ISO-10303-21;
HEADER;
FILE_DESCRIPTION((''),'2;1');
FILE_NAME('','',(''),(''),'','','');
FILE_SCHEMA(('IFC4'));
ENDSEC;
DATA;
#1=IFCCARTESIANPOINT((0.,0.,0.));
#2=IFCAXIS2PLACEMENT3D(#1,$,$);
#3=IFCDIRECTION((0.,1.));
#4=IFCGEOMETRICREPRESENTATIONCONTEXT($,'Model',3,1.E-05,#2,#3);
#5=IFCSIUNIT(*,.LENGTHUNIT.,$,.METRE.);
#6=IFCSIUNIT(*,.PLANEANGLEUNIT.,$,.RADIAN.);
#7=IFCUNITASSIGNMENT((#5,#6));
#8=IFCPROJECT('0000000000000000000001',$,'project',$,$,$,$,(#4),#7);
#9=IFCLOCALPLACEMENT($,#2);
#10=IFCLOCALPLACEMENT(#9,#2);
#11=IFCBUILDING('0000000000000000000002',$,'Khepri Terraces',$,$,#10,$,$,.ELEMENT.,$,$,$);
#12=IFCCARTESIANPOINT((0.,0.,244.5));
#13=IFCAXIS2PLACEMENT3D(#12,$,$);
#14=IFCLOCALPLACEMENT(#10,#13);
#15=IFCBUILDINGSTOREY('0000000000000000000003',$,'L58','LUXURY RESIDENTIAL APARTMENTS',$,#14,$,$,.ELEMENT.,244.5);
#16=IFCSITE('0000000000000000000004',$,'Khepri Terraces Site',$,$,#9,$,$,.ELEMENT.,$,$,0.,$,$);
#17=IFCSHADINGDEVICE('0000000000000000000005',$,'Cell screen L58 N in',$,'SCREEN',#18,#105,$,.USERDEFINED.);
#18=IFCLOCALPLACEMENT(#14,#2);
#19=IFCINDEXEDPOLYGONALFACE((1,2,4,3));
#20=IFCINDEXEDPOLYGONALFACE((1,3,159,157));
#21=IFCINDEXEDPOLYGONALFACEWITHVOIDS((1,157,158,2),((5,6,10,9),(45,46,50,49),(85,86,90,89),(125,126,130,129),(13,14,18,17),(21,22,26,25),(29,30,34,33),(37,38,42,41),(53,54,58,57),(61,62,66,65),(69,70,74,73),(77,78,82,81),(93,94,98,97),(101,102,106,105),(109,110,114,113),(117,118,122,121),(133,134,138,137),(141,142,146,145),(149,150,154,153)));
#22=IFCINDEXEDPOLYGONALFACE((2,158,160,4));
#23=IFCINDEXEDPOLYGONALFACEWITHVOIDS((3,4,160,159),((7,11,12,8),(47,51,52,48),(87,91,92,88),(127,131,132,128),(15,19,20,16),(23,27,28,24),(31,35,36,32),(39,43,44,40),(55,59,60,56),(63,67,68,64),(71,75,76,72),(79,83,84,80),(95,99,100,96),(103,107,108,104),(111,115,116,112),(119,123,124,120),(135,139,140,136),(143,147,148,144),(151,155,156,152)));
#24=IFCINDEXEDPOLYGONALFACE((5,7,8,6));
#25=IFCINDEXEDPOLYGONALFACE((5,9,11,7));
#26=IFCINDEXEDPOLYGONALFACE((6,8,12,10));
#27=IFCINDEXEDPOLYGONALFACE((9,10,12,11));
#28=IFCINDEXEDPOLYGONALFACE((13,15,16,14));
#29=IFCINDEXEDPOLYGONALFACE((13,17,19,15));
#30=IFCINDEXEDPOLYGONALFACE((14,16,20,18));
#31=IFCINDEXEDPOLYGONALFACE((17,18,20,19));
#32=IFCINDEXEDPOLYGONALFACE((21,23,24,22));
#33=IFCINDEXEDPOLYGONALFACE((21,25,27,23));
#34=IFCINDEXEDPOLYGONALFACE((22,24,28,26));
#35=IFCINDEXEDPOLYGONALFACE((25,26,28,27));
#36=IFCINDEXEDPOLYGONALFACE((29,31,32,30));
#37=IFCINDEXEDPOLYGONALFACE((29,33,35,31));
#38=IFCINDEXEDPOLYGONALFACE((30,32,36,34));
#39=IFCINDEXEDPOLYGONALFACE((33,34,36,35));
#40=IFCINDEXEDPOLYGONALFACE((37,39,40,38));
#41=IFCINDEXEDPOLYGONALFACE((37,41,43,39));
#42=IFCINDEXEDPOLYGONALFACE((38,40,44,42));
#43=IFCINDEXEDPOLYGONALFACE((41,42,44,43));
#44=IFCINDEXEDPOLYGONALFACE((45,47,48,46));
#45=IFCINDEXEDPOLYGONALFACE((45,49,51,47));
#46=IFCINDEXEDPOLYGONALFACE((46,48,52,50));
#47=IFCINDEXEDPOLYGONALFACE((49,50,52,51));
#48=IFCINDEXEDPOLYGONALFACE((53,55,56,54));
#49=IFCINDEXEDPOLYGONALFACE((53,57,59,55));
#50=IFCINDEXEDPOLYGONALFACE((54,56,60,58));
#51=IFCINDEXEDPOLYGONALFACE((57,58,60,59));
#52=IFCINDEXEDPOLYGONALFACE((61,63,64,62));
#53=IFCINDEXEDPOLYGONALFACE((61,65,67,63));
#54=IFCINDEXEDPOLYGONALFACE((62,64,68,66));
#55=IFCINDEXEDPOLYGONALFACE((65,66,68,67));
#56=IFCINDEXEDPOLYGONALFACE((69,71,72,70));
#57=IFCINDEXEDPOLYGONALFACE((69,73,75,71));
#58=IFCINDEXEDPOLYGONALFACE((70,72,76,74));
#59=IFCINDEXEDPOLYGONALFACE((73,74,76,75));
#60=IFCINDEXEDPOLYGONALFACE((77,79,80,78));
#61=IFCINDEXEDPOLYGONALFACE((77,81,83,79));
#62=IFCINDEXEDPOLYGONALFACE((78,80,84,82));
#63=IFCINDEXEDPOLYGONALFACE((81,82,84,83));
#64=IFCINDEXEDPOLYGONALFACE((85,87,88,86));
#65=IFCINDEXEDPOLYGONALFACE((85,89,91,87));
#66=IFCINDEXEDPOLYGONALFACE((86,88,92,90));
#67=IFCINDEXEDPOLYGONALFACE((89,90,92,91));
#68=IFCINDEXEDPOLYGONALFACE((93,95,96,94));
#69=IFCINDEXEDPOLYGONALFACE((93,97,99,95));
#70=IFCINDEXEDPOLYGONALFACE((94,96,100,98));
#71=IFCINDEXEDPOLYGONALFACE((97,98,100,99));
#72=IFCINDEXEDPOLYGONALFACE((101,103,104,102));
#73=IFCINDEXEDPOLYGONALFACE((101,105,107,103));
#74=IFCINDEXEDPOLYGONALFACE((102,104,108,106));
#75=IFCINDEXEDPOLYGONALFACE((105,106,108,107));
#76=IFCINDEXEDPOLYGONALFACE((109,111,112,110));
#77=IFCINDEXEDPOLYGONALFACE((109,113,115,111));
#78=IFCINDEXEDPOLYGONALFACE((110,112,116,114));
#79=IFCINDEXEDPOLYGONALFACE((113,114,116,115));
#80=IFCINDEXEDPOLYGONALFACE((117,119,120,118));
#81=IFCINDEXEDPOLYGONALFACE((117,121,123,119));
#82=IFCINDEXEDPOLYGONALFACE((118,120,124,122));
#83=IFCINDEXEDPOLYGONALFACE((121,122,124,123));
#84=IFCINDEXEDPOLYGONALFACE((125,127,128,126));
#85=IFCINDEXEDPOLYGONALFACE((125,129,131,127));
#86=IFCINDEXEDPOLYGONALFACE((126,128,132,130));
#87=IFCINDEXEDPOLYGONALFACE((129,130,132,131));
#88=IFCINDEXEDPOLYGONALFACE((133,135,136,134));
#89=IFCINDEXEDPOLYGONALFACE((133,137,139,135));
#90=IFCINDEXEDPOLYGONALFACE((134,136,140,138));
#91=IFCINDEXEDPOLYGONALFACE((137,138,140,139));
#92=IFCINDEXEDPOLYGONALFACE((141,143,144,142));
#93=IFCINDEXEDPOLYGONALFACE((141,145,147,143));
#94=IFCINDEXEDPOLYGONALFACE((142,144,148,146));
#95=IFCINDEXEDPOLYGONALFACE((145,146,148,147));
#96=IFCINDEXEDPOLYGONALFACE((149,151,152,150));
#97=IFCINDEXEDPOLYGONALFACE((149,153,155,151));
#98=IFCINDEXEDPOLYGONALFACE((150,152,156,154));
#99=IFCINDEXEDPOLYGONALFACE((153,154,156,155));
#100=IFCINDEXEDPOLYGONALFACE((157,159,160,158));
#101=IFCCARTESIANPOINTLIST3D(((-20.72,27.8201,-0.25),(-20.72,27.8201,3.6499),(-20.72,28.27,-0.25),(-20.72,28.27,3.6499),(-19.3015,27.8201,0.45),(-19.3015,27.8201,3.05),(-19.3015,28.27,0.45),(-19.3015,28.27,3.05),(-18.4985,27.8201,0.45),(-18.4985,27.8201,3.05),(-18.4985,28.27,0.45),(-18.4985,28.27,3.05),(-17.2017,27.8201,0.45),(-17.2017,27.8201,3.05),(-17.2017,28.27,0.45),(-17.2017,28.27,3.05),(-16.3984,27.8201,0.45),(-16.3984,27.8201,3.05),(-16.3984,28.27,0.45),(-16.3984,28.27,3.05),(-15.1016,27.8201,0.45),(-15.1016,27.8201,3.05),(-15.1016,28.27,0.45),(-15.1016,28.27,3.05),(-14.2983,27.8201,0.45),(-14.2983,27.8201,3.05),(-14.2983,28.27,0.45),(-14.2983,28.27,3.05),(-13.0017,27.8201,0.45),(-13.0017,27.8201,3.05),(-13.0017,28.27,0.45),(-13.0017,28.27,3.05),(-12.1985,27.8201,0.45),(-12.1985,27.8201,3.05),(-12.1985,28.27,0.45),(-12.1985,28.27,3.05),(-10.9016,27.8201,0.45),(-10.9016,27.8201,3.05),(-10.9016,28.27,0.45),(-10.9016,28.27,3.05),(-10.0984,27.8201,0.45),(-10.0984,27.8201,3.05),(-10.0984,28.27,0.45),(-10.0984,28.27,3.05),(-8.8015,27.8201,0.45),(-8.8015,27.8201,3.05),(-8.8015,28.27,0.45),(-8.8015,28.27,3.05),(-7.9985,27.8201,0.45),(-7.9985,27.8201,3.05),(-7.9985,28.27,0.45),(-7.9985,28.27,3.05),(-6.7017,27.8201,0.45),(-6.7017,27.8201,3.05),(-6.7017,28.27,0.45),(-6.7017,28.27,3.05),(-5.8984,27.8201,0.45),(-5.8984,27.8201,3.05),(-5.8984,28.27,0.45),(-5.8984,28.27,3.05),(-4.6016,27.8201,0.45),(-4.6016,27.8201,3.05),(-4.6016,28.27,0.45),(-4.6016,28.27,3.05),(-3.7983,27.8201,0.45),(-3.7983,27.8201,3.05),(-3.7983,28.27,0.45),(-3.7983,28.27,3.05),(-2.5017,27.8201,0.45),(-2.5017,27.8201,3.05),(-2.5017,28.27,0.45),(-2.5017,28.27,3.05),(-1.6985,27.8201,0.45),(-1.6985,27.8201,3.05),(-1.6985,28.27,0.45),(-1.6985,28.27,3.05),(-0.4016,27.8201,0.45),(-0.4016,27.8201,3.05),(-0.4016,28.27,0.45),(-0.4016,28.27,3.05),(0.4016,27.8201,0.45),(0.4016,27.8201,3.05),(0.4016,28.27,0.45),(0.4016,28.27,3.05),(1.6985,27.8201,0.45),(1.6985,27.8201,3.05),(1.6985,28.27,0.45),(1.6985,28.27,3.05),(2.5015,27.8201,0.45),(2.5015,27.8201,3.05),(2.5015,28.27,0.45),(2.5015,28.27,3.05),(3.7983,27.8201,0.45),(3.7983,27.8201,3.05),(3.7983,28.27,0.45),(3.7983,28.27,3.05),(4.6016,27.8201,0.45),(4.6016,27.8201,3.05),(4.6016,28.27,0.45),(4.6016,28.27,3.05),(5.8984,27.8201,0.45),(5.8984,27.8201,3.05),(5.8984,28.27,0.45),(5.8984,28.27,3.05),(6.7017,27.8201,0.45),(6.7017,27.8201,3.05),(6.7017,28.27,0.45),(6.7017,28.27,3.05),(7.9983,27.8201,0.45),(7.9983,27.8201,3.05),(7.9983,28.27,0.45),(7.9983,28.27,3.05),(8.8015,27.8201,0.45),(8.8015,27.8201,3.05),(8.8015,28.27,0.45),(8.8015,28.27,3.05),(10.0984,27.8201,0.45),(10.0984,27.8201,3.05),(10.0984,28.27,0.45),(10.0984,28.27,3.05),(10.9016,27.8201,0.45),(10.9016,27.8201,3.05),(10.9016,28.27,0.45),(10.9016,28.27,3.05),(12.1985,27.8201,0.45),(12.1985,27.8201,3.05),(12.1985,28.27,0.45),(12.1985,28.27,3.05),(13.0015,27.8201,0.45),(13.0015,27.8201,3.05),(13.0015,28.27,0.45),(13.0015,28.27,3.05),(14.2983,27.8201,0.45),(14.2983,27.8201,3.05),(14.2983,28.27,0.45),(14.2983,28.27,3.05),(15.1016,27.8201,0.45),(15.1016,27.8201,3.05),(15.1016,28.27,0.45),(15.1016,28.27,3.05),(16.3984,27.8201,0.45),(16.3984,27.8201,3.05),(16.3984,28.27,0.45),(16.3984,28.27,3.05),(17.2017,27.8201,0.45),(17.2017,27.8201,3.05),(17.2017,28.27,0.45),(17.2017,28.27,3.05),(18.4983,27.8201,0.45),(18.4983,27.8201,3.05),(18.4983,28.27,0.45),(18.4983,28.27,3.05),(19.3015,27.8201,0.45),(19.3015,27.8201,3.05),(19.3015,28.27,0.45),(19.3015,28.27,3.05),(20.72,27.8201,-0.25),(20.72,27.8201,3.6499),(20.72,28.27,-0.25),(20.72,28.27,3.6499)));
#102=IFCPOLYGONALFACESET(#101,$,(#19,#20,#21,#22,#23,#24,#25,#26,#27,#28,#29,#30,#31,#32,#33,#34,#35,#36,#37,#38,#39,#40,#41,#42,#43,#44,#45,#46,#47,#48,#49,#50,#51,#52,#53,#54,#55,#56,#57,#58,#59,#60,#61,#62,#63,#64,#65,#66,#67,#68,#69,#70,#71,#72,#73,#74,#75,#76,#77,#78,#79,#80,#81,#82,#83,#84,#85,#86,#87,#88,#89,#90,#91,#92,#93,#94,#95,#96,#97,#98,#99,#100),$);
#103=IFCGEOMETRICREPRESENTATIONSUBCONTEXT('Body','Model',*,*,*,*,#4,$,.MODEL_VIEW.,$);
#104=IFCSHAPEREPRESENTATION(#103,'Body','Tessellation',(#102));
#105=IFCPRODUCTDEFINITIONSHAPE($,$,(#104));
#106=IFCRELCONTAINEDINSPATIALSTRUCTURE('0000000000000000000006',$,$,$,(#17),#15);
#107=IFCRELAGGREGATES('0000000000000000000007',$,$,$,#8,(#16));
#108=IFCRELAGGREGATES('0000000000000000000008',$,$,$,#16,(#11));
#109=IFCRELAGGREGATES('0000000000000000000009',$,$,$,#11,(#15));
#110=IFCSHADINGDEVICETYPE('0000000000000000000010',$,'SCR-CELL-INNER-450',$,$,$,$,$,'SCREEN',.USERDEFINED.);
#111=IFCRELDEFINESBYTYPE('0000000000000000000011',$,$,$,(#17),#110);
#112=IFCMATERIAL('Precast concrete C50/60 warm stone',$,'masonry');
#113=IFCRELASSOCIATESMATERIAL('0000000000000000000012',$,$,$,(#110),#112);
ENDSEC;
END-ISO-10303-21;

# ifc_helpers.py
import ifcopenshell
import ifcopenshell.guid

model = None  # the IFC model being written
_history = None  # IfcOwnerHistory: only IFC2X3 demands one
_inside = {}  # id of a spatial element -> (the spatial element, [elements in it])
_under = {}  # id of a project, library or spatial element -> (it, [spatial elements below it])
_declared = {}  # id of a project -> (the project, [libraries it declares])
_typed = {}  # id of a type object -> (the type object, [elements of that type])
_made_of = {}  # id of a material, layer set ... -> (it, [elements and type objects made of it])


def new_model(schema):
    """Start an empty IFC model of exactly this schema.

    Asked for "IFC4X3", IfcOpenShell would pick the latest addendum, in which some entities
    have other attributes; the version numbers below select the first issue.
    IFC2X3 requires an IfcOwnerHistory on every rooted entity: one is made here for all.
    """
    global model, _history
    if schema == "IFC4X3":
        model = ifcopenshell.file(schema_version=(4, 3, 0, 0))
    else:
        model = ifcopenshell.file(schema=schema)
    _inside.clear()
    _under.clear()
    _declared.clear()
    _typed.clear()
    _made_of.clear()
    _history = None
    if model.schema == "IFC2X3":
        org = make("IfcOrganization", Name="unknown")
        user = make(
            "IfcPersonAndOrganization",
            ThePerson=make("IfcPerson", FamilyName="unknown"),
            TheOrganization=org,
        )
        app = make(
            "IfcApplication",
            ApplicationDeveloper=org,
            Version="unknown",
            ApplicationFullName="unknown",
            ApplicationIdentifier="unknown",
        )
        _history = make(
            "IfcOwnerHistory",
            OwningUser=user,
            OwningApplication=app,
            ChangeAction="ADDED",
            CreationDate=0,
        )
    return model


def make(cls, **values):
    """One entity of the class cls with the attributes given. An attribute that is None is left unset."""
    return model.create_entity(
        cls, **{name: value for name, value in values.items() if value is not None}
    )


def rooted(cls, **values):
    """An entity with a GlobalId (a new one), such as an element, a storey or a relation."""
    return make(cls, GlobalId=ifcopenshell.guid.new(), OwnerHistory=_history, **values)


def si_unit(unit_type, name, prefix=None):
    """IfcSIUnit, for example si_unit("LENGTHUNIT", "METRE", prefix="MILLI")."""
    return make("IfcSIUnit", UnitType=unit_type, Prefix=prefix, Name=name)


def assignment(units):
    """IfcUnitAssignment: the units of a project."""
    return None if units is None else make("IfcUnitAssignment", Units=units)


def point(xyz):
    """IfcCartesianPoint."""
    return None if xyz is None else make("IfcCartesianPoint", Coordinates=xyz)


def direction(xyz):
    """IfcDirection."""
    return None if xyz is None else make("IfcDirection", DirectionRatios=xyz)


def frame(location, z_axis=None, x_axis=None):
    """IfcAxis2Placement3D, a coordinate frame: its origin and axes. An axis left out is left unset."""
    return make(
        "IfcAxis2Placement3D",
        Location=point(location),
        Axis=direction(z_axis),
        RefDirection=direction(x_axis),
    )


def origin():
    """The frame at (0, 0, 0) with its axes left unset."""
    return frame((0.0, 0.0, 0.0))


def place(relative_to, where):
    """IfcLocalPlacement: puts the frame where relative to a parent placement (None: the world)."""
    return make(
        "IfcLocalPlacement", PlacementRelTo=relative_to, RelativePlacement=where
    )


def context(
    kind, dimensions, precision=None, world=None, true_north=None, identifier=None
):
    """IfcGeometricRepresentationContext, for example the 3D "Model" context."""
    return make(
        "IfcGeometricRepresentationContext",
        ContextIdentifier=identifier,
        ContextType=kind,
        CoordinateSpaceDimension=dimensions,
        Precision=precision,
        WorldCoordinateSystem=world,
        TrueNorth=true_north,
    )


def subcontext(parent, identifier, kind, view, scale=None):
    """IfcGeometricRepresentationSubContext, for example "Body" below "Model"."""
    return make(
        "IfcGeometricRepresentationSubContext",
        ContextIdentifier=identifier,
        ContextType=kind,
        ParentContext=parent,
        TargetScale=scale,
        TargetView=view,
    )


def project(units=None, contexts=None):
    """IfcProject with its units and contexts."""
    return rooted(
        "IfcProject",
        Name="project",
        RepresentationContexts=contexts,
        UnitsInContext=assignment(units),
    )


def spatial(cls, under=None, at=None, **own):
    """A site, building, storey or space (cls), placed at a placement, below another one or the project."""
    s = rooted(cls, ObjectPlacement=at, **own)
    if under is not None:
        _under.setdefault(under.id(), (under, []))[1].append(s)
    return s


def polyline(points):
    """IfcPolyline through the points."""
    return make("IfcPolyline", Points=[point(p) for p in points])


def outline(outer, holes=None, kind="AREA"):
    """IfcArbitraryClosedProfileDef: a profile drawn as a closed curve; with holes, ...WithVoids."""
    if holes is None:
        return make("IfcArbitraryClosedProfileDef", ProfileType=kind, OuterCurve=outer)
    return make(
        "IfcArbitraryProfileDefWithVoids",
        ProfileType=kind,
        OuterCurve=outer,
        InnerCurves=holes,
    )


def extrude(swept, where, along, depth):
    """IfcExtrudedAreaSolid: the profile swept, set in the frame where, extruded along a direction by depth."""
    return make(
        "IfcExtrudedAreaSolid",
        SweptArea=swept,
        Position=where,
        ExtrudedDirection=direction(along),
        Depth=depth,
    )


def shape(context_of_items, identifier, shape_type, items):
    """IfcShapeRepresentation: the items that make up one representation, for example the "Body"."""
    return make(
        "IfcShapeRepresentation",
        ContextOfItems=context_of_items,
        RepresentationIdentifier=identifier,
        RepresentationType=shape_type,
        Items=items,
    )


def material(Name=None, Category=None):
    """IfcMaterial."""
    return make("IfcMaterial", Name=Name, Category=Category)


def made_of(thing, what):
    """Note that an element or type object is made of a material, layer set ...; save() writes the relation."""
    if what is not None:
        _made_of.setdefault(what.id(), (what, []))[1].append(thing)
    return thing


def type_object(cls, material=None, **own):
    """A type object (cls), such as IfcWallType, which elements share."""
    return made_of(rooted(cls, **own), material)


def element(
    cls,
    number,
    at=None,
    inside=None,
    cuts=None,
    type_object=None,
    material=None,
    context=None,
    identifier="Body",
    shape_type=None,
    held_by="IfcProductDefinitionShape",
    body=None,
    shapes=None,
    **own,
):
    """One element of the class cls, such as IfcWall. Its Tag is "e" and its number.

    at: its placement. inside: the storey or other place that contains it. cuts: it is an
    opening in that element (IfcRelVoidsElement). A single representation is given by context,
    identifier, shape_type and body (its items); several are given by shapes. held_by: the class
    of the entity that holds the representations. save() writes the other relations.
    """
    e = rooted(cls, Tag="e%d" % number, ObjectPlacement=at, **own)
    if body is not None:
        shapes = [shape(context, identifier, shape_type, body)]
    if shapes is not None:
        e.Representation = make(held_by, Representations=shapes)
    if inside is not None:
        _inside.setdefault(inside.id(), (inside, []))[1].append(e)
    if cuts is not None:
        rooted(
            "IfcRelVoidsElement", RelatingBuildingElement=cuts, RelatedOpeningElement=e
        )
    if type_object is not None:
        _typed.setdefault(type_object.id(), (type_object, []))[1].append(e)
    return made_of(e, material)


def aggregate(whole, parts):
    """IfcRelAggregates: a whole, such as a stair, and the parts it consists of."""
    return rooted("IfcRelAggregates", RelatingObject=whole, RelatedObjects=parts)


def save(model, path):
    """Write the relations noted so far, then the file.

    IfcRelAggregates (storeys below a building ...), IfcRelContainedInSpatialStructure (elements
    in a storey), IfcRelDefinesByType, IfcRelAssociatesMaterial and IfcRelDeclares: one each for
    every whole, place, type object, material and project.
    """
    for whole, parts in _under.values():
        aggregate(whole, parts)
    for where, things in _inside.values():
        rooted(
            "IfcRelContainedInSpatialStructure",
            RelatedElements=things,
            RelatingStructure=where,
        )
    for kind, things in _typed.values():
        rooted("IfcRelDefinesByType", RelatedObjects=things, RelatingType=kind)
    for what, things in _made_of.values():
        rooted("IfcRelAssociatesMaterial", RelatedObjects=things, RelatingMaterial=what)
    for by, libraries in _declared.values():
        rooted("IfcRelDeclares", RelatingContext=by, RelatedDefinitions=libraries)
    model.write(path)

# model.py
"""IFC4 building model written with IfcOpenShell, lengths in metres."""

from ifc_helpers import new_model, si_unit, direction, frame, origin, place, context, subcontext, project, spatial, polyline, outline, extrude, material, type_object, element, save


model = new_model("IFC4")

# Units and contexts
model_context = context("Model", 3, precision=1e-05, world=origin(), true_north=direction((0.0, 1.0)))
body_context = subcontext(model_context, "Body", "Model", "MODEL_VIEW")
ifc_project = project(units=[si_unit("LENGTHUNIT", "METRE"), si_unit("PLANEANGLEUNIT", "RADIAN")], contexts=[model_context])

# Site, building, storey
site_placement = place(None, origin())
site = spatial("IfcSite", under=ifc_project, at=site_placement, Name="Khepri Terraces Site", CompositionType="ELEMENT", RefElevation=0.0)
building_placement = place(site_placement, origin())
building = spatial("IfcBuilding", under=site, at=building_placement, Name="Khepri Terraces", CompositionType="ELEMENT")
storey_placement = place(building_placement, frame((0.0, 0.0, 244.5)))
storey = spatial("IfcBuildingStorey", under=building, at=storey_placement, Name="L58", Description="LUXURY RESIDENTIAL APARTMENTS", CompositionType="ELEMENT", Elevation=244.5)

# Shared definitions
ifc_material_1 = material(Name="Precast concrete C50/60 warm stone", Category="masonry")

# Shading device
shading_device_type_1 = type_object("IfcShadingDeviceType", Name="SCR-CELL-INNER-450", ElementType="SCREEN", PredefinedType="USERDEFINED", material=ifc_material_1)
shading_device_1_placement = place(storey_placement, frame((20.72, 27.8201, -0.25), z_axis=(0.0, 1.0, 0.0), x_axis=(-1.0, 0.0, 0.0)))
element("IfcShadingDevice", 1, at=shading_device_1_placement, inside=storey, type_object=shading_device_type_1, Name="Cell screen L58 N in", ObjectType="SCREEN", PredefinedType="USERDEFINED", context=body_context, shape_type="SweptSolid", body=[
    extrude(outline(polyline([(0.0, 0.0), (41.4399, 0.0), (41.4399, 3.8999), (0.0, 3.8999), (0.0, 0.0)]), holes=[polyline([(1.4185, 0.7), (2.2217, 0.7), (2.2217, 3.3), (1.4185, 3.3), (1.4185, 0.7)]), polyline([(3.5183, 0.7), (4.3215, 0.7), (4.3215, 3.3), (3.5183, 3.3), (3.5183, 0.7)]), polyline([(5.6184, 0.7), (6.4216, 0.7), (6.4216, 3.3), (5.6184, 3.3), (5.6184, 0.7)]), polyline([(7.7185, 0.7), (8.5215, 0.7), (8.5215, 3.3), (7.7185, 3.3), (7.7185, 0.7)]), polyline([(9.8184, 0.7), (10.6216, 0.7), (10.6216, 3.3), (9.8184, 3.3), (9.8184, 0.7)]), polyline([(11.9185, 0.7), (12.7217, 0.7), (12.7217, 3.3), (11.9185, 3.3), (11.9185, 0.7)]), polyline([(14.0183, 0.7), (14.8215, 0.7), (14.8215, 3.3), (14.0183, 3.3), (14.0183, 0.7)]), polyline([(16.1184, 0.7), (16.9216, 0.7), (16.9216, 3.3), (16.1184, 3.3), (16.1184, 0.7)]), polyline([(18.2185, 0.7), (19.0215, 0.7), (19.0215, 3.3), (18.2185, 3.3), (18.2185, 0.7)]), polyline([(20.3184, 0.7), (21.1216, 0.7), (21.1216, 3.3), (20.3184, 3.3), (20.3184, 0.7)]), polyline([(22.4185, 0.7), (23.2217, 0.7), (23.2217, 3.3), (22.4185, 3.3), (22.4185, 0.7)]), polyline([(24.5183, 0.7), (25.3215, 0.7), (25.3215, 3.3), (24.5183, 3.3), (24.5183, 0.7)]), polyline([(26.6184, 0.7), (27.4216, 0.7), (27.4216, 3.3), (26.6184, 3.3), (26.6184, 0.7)]), polyline([(28.7185, 0.7), (29.5215, 0.7), (29.5215, 3.3), (28.7185, 3.3), (28.7185, 0.7)]), polyline([(30.8184, 0.7), (31.6216, 0.7), (31.6216, 3.3), (30.8184, 3.3), (30.8184, 0.7)]), polyline([(32.9185, 0.7), (33.7217, 0.7), (33.7217, 3.3), (32.9185, 3.3), (32.9185, 0.7)]), polyline([(35.0183, 0.7), (35.8215, 0.7), (35.8215, 3.3), (35.0183, 3.3), (35.0183, 0.7)]), polyline([(37.1184, 0.7), (37.9216, 0.7), (37.9216, 3.3), (37.1184, 3.3), (37.1184, 0.7)]), polyline([(39.2185, 0.7), (40.0215, 0.7), (40.0215, 3.3), (39.2185, 3.3), (39.2185, 0.7)])]), origin(), (0.0, 0.0, 1.0), 0.45),
])

save(model, "model.ifc")
